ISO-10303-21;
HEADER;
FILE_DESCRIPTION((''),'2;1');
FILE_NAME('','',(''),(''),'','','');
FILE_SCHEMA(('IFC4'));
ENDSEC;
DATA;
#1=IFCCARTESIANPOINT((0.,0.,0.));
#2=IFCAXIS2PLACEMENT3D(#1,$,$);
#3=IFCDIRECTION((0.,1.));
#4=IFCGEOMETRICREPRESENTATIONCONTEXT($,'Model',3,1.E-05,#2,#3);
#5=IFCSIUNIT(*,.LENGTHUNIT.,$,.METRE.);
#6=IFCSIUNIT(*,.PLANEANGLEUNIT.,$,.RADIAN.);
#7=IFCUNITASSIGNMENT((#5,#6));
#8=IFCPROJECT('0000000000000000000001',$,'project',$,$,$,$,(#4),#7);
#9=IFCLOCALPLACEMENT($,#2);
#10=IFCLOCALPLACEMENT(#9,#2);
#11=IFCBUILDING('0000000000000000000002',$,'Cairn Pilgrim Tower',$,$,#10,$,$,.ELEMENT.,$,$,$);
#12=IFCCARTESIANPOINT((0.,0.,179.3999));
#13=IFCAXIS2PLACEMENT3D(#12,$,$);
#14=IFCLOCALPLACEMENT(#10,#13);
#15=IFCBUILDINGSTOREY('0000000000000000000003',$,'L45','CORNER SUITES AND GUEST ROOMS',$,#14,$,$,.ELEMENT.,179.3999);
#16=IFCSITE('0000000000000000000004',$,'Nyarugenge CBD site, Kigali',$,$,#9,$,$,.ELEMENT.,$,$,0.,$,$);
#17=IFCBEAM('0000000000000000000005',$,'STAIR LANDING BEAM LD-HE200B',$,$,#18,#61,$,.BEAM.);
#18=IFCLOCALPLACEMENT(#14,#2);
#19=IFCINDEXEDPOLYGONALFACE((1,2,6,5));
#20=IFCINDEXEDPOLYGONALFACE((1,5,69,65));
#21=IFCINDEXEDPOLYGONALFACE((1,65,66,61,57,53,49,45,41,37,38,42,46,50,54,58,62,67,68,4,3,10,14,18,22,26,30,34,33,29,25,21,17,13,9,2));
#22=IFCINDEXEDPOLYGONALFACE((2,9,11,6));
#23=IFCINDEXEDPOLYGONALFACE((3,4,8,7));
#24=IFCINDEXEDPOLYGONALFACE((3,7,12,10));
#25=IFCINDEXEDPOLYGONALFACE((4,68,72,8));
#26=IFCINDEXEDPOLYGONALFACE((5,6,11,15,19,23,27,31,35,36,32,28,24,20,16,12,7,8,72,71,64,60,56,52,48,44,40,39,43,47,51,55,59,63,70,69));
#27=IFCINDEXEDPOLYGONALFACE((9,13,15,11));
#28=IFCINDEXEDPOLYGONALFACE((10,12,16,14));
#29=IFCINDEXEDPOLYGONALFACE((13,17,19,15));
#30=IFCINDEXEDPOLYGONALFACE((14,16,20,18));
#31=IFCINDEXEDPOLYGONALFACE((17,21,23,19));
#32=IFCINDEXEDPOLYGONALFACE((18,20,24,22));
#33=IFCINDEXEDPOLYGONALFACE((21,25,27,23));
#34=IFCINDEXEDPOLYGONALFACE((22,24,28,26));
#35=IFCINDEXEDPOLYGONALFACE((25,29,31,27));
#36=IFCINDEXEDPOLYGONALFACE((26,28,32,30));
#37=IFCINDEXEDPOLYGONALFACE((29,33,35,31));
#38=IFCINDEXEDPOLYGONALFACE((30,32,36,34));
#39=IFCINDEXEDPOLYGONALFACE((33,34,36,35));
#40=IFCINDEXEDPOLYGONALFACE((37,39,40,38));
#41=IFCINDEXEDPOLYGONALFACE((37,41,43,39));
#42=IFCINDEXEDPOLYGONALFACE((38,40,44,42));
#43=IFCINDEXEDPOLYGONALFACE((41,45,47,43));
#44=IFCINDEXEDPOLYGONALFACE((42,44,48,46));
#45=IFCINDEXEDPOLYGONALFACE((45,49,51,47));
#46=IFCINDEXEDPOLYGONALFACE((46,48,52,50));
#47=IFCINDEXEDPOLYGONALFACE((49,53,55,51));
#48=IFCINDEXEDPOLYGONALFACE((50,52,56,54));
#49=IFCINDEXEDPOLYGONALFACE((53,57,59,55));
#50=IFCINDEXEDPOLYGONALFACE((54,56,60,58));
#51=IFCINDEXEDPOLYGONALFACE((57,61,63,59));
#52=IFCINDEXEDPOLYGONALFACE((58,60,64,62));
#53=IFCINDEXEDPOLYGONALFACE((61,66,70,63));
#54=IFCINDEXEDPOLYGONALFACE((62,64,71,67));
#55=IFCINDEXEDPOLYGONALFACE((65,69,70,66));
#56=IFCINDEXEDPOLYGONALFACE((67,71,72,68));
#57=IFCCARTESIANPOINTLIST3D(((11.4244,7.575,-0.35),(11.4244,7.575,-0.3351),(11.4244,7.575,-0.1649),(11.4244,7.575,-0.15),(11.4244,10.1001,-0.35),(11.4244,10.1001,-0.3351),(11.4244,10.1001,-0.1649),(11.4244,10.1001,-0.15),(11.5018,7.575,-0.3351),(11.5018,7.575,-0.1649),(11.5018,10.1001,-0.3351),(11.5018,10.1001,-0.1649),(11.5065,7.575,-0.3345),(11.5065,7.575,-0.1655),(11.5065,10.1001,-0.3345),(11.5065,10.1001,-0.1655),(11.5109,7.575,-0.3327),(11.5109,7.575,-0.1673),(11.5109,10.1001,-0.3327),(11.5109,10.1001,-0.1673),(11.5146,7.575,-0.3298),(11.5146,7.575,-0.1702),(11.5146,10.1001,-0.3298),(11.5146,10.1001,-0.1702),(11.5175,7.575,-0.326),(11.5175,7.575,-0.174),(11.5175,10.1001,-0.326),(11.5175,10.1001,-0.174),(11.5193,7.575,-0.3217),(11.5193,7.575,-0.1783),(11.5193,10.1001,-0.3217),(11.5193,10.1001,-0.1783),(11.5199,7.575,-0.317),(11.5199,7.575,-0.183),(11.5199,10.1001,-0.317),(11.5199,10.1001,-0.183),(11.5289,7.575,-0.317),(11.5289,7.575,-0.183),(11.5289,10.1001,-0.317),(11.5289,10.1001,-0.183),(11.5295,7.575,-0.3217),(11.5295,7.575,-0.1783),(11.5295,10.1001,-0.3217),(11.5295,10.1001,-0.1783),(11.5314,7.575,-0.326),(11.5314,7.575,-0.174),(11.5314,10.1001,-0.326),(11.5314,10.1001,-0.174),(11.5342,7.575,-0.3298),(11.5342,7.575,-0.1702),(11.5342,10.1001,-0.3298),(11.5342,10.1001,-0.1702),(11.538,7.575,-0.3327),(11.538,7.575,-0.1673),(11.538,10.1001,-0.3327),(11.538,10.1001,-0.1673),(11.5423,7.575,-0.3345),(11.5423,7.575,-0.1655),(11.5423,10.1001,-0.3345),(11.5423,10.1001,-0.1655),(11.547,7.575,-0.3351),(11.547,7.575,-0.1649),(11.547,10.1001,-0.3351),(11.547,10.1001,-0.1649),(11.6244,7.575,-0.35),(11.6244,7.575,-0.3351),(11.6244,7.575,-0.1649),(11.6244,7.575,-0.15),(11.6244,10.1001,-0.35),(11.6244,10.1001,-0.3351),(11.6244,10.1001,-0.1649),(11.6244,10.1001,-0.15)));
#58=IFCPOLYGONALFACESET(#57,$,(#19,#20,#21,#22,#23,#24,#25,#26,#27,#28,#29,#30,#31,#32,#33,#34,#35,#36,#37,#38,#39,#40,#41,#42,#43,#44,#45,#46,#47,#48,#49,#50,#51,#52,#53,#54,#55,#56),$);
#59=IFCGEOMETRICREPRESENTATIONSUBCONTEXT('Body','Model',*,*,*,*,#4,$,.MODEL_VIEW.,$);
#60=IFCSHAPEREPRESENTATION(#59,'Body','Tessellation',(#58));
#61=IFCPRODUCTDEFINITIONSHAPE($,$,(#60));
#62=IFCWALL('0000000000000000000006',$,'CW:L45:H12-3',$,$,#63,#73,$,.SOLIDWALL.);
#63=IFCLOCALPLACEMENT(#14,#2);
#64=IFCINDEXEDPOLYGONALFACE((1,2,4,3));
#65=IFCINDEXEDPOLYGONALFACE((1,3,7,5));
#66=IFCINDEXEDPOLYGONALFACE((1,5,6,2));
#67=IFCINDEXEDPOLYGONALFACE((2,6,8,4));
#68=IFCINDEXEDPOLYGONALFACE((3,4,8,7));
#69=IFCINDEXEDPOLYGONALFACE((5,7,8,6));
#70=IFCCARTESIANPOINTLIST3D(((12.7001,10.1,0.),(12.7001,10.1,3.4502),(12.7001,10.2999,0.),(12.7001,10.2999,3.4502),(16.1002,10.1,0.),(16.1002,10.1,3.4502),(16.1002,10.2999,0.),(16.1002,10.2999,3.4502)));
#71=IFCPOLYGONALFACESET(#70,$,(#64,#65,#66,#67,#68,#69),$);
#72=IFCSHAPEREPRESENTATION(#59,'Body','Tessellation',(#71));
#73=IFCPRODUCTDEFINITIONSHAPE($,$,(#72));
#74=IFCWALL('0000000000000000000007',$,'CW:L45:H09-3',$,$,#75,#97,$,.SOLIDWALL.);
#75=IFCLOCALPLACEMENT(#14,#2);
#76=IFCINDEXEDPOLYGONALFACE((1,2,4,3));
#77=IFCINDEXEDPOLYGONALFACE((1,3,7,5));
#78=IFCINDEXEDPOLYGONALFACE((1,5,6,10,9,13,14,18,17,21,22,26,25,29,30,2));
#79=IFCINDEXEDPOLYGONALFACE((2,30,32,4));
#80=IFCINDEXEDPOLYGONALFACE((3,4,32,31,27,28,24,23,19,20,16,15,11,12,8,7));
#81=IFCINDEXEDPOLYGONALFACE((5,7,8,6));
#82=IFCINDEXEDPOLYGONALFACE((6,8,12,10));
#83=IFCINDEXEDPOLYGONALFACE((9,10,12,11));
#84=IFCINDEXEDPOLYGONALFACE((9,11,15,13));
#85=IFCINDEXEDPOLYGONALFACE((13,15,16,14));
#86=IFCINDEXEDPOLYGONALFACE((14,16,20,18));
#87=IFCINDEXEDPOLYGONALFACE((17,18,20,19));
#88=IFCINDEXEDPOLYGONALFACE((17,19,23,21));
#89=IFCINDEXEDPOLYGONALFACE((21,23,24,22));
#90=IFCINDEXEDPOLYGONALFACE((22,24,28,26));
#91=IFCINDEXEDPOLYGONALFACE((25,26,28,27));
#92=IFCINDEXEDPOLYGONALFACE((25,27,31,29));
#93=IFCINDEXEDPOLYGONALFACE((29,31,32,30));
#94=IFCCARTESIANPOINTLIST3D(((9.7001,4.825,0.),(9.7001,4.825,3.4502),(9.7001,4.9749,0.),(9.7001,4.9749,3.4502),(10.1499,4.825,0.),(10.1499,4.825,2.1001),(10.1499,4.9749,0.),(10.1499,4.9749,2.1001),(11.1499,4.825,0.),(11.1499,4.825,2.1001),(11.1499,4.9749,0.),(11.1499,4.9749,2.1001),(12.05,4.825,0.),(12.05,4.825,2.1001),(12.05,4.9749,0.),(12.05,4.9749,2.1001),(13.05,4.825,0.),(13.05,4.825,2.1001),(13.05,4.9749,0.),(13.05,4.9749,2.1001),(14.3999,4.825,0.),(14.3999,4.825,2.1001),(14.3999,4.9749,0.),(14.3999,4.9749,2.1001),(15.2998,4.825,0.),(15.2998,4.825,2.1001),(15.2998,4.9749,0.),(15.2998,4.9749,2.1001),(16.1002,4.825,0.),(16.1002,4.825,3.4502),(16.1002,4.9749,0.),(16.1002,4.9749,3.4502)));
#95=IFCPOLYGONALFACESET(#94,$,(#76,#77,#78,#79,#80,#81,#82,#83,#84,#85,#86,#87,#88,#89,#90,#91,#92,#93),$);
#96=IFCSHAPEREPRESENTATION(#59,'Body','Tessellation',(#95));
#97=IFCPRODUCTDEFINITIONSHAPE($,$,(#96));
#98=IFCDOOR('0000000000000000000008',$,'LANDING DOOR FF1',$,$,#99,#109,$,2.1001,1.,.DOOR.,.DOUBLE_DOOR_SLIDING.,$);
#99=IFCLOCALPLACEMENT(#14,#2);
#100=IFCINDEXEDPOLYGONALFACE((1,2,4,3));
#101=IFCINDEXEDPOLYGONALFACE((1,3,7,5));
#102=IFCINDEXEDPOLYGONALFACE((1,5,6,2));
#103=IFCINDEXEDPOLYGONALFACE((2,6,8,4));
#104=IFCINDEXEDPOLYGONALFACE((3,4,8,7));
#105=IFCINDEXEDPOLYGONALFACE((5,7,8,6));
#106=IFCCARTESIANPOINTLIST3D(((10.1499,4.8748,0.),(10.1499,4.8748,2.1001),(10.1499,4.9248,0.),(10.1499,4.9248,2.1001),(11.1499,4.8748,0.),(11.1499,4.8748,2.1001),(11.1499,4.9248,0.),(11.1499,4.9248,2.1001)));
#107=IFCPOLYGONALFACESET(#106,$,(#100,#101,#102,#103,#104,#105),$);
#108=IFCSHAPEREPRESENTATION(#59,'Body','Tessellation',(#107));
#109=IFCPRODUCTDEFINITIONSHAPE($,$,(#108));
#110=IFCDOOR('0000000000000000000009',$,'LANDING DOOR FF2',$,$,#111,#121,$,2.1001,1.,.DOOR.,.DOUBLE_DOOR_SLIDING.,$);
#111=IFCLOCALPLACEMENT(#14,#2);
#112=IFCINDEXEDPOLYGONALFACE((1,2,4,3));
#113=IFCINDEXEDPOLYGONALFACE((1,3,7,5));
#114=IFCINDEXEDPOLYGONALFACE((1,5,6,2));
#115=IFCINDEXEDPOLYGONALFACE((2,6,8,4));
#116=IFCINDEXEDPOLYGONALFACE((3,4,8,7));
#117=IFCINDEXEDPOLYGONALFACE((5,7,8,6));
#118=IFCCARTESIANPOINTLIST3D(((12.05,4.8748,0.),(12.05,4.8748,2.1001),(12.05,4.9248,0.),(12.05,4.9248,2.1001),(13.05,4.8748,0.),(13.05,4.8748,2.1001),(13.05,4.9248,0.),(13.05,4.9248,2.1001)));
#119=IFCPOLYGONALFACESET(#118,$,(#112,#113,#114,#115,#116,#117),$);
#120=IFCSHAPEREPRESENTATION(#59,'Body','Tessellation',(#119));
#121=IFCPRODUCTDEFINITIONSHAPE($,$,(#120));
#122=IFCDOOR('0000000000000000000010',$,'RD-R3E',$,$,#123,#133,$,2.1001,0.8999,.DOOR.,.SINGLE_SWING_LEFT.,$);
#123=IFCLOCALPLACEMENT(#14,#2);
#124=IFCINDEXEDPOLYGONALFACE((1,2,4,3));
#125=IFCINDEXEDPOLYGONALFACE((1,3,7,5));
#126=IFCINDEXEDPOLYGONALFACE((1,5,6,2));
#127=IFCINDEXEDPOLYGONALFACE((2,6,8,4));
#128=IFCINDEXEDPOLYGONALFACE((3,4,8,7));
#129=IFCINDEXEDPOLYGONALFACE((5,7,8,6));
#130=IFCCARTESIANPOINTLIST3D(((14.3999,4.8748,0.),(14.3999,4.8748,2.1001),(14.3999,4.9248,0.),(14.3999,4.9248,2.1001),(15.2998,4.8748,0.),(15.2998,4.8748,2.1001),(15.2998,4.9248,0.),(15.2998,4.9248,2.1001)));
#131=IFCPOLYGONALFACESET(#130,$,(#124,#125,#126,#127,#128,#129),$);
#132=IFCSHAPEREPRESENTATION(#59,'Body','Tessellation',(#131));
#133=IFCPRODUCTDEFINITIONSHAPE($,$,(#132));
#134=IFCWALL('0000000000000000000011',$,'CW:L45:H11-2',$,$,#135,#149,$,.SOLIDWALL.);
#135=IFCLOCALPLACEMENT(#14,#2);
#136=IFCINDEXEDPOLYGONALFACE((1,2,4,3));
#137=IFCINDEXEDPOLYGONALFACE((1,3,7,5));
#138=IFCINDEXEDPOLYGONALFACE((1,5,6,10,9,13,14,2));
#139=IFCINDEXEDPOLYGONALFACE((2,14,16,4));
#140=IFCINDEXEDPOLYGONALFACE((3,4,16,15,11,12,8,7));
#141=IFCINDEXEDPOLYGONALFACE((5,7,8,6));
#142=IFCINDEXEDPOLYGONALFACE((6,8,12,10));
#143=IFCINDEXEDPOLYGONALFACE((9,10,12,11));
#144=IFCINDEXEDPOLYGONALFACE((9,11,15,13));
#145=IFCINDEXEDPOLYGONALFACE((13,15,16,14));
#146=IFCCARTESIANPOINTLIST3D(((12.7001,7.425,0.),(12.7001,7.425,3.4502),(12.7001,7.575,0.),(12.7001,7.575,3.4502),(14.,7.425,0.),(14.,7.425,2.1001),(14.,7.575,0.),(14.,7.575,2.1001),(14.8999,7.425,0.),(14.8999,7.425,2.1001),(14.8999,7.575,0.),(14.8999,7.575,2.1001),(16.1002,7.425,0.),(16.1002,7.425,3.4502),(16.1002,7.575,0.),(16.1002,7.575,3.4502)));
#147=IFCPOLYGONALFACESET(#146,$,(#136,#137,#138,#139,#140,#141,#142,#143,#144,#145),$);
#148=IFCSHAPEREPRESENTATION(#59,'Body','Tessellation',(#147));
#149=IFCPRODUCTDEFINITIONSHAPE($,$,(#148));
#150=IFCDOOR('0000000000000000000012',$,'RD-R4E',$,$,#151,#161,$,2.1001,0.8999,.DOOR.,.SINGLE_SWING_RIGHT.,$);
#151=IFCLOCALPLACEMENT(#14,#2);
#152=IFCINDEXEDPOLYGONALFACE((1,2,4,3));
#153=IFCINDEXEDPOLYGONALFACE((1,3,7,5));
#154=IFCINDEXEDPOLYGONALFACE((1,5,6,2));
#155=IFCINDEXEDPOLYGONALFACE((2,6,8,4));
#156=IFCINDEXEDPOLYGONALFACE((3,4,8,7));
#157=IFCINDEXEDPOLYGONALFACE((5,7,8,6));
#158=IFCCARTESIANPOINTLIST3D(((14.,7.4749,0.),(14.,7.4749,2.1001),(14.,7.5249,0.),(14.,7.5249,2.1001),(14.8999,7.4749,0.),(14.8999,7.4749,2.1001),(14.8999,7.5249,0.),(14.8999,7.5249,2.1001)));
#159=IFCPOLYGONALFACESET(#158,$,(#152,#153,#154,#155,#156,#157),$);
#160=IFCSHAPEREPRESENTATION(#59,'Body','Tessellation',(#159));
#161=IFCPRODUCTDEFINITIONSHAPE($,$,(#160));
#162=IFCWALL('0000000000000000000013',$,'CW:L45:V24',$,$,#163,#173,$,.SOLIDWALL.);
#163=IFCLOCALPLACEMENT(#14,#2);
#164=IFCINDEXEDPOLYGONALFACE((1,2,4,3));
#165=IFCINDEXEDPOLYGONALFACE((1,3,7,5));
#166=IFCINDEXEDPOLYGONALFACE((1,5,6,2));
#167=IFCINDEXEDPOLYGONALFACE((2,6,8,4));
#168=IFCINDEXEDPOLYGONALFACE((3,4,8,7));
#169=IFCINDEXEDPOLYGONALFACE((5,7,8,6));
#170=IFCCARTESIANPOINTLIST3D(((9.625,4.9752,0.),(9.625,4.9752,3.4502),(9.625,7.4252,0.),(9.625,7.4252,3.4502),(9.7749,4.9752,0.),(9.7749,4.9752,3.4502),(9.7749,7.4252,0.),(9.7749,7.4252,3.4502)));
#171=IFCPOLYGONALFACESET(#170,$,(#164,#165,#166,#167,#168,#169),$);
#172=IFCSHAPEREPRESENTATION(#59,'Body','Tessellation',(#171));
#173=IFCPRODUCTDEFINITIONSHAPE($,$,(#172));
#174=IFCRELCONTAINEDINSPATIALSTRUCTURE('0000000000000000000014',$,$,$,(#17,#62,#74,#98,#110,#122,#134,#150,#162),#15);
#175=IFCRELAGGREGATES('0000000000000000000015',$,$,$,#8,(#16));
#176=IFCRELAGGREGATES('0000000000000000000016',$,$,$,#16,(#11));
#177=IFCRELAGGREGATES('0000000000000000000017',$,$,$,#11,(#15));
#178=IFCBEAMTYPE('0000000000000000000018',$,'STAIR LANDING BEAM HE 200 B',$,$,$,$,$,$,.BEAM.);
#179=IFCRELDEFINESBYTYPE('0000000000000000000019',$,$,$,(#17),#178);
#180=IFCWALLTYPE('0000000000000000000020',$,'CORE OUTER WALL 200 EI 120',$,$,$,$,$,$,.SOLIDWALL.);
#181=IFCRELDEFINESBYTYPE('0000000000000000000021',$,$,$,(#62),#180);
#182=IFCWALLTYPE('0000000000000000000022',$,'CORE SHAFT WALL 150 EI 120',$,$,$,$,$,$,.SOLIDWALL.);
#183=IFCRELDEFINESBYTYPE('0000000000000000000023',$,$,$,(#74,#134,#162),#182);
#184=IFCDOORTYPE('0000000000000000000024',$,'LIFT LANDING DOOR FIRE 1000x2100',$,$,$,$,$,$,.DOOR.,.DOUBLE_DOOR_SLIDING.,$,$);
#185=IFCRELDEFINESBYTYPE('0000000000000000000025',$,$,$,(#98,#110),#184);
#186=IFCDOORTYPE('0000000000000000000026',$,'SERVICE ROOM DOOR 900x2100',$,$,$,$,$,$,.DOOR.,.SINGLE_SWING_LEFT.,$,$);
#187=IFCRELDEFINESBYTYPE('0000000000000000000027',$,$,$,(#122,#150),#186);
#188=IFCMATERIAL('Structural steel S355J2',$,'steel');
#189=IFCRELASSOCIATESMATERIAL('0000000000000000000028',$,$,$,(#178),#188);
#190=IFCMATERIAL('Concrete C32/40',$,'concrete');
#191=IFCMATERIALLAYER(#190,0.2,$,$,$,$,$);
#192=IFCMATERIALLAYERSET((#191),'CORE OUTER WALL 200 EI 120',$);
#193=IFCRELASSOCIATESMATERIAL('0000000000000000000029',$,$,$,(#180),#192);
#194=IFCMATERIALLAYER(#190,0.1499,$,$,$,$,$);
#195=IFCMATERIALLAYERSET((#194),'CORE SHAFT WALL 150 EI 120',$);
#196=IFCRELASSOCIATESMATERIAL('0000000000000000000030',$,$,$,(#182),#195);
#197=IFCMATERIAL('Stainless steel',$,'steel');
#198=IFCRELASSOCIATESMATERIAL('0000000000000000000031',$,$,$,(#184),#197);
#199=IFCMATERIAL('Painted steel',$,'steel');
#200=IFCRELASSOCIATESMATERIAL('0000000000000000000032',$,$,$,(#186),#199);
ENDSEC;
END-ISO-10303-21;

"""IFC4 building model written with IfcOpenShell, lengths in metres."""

from ifc_helpers import new_model, si_unit, direction, frame, frame_2d, origin, origin_2d, place, context, subcontext, project, spatial, rectangle, i_section, extrude, material, layer, layer_set, material_profile, profile_set, type_object, element, fill, save


model = new_model("IFC4")

# Units and contexts
model_context = context("Model", 3, precision=1e-05, world=origin(), true_north=direction((0.0, 1.0)))
body_context = subcontext(model_context, "Body", "Model", "MODEL_VIEW")
ifc_project = project(units=[si_unit("LENGTHUNIT", "METRE"), si_unit("PLANEANGLEUNIT", "RADIAN")], contexts=[model_context])

# Site, building, storey
site_placement = place(None, origin())
site = spatial("IfcSite", under=ifc_project, at=site_placement, Name="Nyarugenge CBD site, Kigali", CompositionType="ELEMENT", RefElevation=0.0)
building_placement = place(site_placement, origin())
building = spatial("IfcBuilding", under=site, at=building_placement, Name="Cairn Pilgrim Tower", CompositionType="ELEMENT")
storey_placement = place(building_placement, frame((0.0, 0.0, 179.3999)))
storey = spatial("IfcBuildingStorey", under=building, at=storey_placement, Name="L45", Description="CORNER SUITES AND GUEST ROOMS", CompositionType="ELEMENT", Elevation=179.3999)

# Shared definitions
ifc_material_1 = material(Name="Structural steel S355J2", Category="steel")

# Beam
ifc_material_profile_1 = material_profile(ifc_material_1, i_section(OverallWidth=0.2, OverallDepth=0.2, WebThickness=0.009, FlangeThickness=0.0149, FilletRadius=0.0181, at=origin_2d()), Name="HE 200 B")
ifc_profile_set_1 = profile_set([ifc_material_profile_1], Name="Structural steel S355J2")
beam_type_1 = type_object("IfcBeamType", Name="STAIR LANDING BEAM HE 200 B", PredefinedType="BEAM", material=ifc_profile_set_1)
beam_1_placement = place(storey_placement, frame((11.5244, 10.1001, -0.25), z_axis=(0.0, -1.0, 0.0), x_axis=(1.0, 0.0, 0.0)))
element("IfcBeam", 1, at=beam_1_placement, inside=storey, type_object=beam_type_1, Name="STAIR LANDING BEAM LD-HE200B", PredefinedType="BEAM", context=body_context, shape_type="SweptSolid", body=[
    extrude(i_section(OverallWidth=0.2, OverallDepth=0.2, WebThickness=0.009, FlangeThickness=0.0149, FilletRadius=0.0181, at=origin_2d()), origin(), (0.0, 0.0, 1.0), 2.5251),
])

# Wall
ifc_material_2 = material(Name="Concrete C32/40", Category="concrete")
ifc_layer_1 = layer(ifc_material_2, 0.2)
ifc_layer_set_1 = layer_set([ifc_layer_1], Name="CORE OUTER WALL 200 EI 120")
wall_type_1 = type_object("IfcWallType", Name="CORE OUTER WALL 200 EI 120", PredefinedType="SOLIDWALL", material=ifc_layer_set_1)
wall_1_placement = place(storey_placement, frame((12.7, 10.2, 0.0), z_axis=(0.0, 0.0, 1.0), x_axis=(1.0, 0.0, 0.0)))
element("IfcWall", 2, at=wall_1_placement, inside=storey, type_object=wall_type_1, Name="CW:L45:H12-3", PredefinedType="SOLIDWALL", context=body_context, shape_type="SweptSolid", body=[
    extrude(rectangle(XDim=3.4001, YDim=0.2, at=frame_2d((1.7002, 0.0))), origin(), (0.0, 0.0, 1.0), 3.4502),
])

# Wall, openings, doors
ifc_layer_2 = layer(ifc_material_2, 0.1499)
ifc_layer_set_2 = layer_set([ifc_layer_2], Name="CORE SHAFT WALL 150 EI 120")
wall_type_2 = type_object("IfcWallType", Name="CORE SHAFT WALL 150 EI 120", PredefinedType="SOLIDWALL", material=ifc_layer_set_2)
wall_2_placement = place(storey_placement, frame((9.7, 4.8999, 0.0), z_axis=(0.0, 0.0, 1.0), x_axis=(1.0, 0.0, 0.0)))
wall_2 = element("IfcWall", 3, at=wall_2_placement, inside=storey, type_object=wall_type_2, Name="CW:L45:H09-3", PredefinedType="SOLIDWALL", context=body_context, shape_type="SweptSolid", body=[
    extrude(rectangle(XDim=6.4001, YDim=0.1499, at=frame_2d((3.2002, 0.0))), origin(), (0.0, 0.0, 1.0), 3.4502),
])
opening_1_placement = place(wall_2_placement, frame((0.45, 0.0, 0.0)))
opening_1 = element("IfcOpeningElement", 4, at=opening_1_placement, cuts=wall_2, PredefinedType="OPENING", context=body_context, shape_type="SweptSolid", body=[
    extrude(rectangle(XDim=1.0, YDim=2.1001, at=frame_2d((0.5, 1.05))), frame((0.0, 0.085, 0.0), z_axis=(0.0, -1.0, 0.0), x_axis=(1.0, 0.0, 0.0)), (0.0, 0.0, 1.0), 0.1699),
])
opening_2_placement = place(wall_2_placement, frame((2.3501, 0.0, 0.0)))
opening_2 = element("IfcOpeningElement", 5, at=opening_2_placement, cuts=wall_2, PredefinedType="OPENING", context=body_context, shape_type="SweptSolid", body=[
    extrude(rectangle(XDim=1.0, YDim=2.1001, at=frame_2d((0.5, 1.05))), frame((0.0, 0.085, 0.0), z_axis=(0.0, -1.0, 0.0), x_axis=(1.0, 0.0, 0.0)), (0.0, 0.0, 1.0), 0.1699),
])
opening_3_placement = place(wall_2_placement, frame((4.7, 0.0, 0.0)))
opening_3 = element("IfcOpeningElement", 6, at=opening_3_placement, cuts=wall_2, PredefinedType="OPENING", context=body_context, shape_type="SweptSolid", body=[
    extrude(rectangle(XDim=0.8999, YDim=2.1001, at=frame_2d((0.45, 1.05))), frame((0.0, 0.085, 0.0), z_axis=(0.0, -1.0, 0.0), x_axis=(1.0, 0.0, 0.0)), (0.0, 0.0, 1.0), 0.1699),
])
ifc_material_3 = material(Name="Stainless steel", Category="steel")
door_type_1 = type_object("IfcDoorType", Name="LIFT LANDING DOOR FIRE 1000x2100", OperationType="DOUBLE_DOOR_SLIDING", PredefinedType="DOOR", material=ifc_material_3)
door_1_placement = place(opening_1_placement, origin())
door_1 = element("IfcDoor", 7, at=door_1_placement, inside=storey, type_object=door_type_1, Name="LANDING DOOR FF1", OperationType="DOUBLE_DOOR_SLIDING", OverallHeight=2.1001, OverallWidth=1.0, PredefinedType="DOOR", context=body_context, shape_type="SweptSolid", body=[
    extrude(rectangle(XDim=1.0, YDim=2.1001, at=frame_2d((0.5, 1.05))), frame((0.0, 0.0249, 0.0), z_axis=(0.0, -1.0, 0.0), x_axis=(1.0, 0.0, 0.0)), (0.0, 0.0, 1.0), 0.05),
])
fill(opening_1, door_1)
door_2_placement = place(opening_2_placement, origin())
door_2 = element("IfcDoor", 8, at=door_2_placement, inside=storey, type_object=door_type_1, Name="LANDING DOOR FF2", OperationType="DOUBLE_DOOR_SLIDING", OverallHeight=2.1001, OverallWidth=1.0, PredefinedType="DOOR", context=body_context, shape_type="SweptSolid", body=[
    extrude(rectangle(XDim=1.0, YDim=2.1001, at=frame_2d((0.5, 1.05))), frame((0.0, 0.0249, 0.0), z_axis=(0.0, -1.0, 0.0), x_axis=(1.0, 0.0, 0.0)), (0.0, 0.0, 1.0), 0.05),
])
fill(opening_2, door_2)
ifc_material_4 = material(Name="Painted steel", Category="steel")
door_type_2 = type_object("IfcDoorType", Name="SERVICE ROOM DOOR 900x2100", OperationType="SINGLE_SWING_LEFT", PredefinedType="DOOR", material=ifc_material_4)
door_3_placement = place(opening_3_placement, origin())
door_3 = element("IfcDoor", 9, at=door_3_placement, inside=storey, type_object=door_type_2, Name="RD-R3E", OperationType="SINGLE_SWING_LEFT", OverallHeight=2.1001, OverallWidth=0.8999, PredefinedType="DOOR", context=body_context, shape_type="SweptSolid", body=[
    extrude(rectangle(XDim=0.8999, YDim=2.1001, at=frame_2d((0.45, 1.05))), frame((0.0, 0.0249, 0.0), z_axis=(0.0, -1.0, 0.0), x_axis=(1.0, 0.0, 0.0)), (0.0, 0.0, 1.0), 0.05),
])
fill(opening_3, door_3)

# Wall, opening, door
wall_3_placement = place(storey_placement, frame((12.7, 7.5, 0.0), z_axis=(0.0, 0.0, 1.0), x_axis=(1.0, 0.0, 0.0)))
wall_3 = element("IfcWall", 10, at=wall_3_placement, inside=storey, type_object=wall_type_2, Name="CW:L45:H11-2", PredefinedType="SOLIDWALL", context=body_context, shape_type="SweptSolid", body=[
    extrude(rectangle(XDim=3.4001, YDim=0.1499, at=frame_2d((1.7002, 0.0))), origin(), (0.0, 0.0, 1.0), 3.4502),
])
opening_4_placement = place(wall_3_placement, frame((1.3, 0.0, 0.0)))
opening_4 = element("IfcOpeningElement", 11, at=opening_4_placement, cuts=wall_3, PredefinedType="OPENING", context=body_context, shape_type="SweptSolid", body=[
    extrude(rectangle(XDim=0.8999, YDim=2.1001, at=frame_2d((0.45, 1.05))), frame((0.0, 0.085, 0.0), z_axis=(0.0, -1.0, 0.0), x_axis=(1.0, 0.0, 0.0)), (0.0, 0.0, 1.0), 0.1699),
])
door_4_placement = place(opening_4_placement, origin())
door_4 = element("IfcDoor", 12, at=door_4_placement, inside=storey, type_object=door_type_2, Name="RD-R4E", OperationType="SINGLE_SWING_RIGHT", OverallHeight=2.1001, OverallWidth=0.8999, PredefinedType="DOOR", context=body_context, shape_type="SweptSolid", body=[
    extrude(rectangle(XDim=0.8999, YDim=2.1001, at=frame_2d((0.45, 1.05))), frame((0.0, 0.0249, 0.0), z_axis=(0.0, -1.0, 0.0), x_axis=(1.0, 0.0, 0.0)), (0.0, 0.0, 1.0), 0.05),
])
fill(opening_4, door_4)

# Wall
wall_4_placement = place(storey_placement, frame((9.7, 4.9751, 0.0), z_axis=(0.0, 0.0, 1.0), x_axis=(0.0, 1.0, 0.0)))
element("IfcWall", 13, at=wall_4_placement, inside=storey, type_object=wall_type_2, Name="CW:L45:V24", PredefinedType="SOLIDWALL", context=body_context, shape_type="SweptSolid", body=[
    extrude(rectangle(XDim=2.45, YDim=0.1499, at=frame_2d((1.2251, 0.0))), origin(), (0.0, 0.0, 1.0), 3.4502),
])

save(model, "model.ifc")
